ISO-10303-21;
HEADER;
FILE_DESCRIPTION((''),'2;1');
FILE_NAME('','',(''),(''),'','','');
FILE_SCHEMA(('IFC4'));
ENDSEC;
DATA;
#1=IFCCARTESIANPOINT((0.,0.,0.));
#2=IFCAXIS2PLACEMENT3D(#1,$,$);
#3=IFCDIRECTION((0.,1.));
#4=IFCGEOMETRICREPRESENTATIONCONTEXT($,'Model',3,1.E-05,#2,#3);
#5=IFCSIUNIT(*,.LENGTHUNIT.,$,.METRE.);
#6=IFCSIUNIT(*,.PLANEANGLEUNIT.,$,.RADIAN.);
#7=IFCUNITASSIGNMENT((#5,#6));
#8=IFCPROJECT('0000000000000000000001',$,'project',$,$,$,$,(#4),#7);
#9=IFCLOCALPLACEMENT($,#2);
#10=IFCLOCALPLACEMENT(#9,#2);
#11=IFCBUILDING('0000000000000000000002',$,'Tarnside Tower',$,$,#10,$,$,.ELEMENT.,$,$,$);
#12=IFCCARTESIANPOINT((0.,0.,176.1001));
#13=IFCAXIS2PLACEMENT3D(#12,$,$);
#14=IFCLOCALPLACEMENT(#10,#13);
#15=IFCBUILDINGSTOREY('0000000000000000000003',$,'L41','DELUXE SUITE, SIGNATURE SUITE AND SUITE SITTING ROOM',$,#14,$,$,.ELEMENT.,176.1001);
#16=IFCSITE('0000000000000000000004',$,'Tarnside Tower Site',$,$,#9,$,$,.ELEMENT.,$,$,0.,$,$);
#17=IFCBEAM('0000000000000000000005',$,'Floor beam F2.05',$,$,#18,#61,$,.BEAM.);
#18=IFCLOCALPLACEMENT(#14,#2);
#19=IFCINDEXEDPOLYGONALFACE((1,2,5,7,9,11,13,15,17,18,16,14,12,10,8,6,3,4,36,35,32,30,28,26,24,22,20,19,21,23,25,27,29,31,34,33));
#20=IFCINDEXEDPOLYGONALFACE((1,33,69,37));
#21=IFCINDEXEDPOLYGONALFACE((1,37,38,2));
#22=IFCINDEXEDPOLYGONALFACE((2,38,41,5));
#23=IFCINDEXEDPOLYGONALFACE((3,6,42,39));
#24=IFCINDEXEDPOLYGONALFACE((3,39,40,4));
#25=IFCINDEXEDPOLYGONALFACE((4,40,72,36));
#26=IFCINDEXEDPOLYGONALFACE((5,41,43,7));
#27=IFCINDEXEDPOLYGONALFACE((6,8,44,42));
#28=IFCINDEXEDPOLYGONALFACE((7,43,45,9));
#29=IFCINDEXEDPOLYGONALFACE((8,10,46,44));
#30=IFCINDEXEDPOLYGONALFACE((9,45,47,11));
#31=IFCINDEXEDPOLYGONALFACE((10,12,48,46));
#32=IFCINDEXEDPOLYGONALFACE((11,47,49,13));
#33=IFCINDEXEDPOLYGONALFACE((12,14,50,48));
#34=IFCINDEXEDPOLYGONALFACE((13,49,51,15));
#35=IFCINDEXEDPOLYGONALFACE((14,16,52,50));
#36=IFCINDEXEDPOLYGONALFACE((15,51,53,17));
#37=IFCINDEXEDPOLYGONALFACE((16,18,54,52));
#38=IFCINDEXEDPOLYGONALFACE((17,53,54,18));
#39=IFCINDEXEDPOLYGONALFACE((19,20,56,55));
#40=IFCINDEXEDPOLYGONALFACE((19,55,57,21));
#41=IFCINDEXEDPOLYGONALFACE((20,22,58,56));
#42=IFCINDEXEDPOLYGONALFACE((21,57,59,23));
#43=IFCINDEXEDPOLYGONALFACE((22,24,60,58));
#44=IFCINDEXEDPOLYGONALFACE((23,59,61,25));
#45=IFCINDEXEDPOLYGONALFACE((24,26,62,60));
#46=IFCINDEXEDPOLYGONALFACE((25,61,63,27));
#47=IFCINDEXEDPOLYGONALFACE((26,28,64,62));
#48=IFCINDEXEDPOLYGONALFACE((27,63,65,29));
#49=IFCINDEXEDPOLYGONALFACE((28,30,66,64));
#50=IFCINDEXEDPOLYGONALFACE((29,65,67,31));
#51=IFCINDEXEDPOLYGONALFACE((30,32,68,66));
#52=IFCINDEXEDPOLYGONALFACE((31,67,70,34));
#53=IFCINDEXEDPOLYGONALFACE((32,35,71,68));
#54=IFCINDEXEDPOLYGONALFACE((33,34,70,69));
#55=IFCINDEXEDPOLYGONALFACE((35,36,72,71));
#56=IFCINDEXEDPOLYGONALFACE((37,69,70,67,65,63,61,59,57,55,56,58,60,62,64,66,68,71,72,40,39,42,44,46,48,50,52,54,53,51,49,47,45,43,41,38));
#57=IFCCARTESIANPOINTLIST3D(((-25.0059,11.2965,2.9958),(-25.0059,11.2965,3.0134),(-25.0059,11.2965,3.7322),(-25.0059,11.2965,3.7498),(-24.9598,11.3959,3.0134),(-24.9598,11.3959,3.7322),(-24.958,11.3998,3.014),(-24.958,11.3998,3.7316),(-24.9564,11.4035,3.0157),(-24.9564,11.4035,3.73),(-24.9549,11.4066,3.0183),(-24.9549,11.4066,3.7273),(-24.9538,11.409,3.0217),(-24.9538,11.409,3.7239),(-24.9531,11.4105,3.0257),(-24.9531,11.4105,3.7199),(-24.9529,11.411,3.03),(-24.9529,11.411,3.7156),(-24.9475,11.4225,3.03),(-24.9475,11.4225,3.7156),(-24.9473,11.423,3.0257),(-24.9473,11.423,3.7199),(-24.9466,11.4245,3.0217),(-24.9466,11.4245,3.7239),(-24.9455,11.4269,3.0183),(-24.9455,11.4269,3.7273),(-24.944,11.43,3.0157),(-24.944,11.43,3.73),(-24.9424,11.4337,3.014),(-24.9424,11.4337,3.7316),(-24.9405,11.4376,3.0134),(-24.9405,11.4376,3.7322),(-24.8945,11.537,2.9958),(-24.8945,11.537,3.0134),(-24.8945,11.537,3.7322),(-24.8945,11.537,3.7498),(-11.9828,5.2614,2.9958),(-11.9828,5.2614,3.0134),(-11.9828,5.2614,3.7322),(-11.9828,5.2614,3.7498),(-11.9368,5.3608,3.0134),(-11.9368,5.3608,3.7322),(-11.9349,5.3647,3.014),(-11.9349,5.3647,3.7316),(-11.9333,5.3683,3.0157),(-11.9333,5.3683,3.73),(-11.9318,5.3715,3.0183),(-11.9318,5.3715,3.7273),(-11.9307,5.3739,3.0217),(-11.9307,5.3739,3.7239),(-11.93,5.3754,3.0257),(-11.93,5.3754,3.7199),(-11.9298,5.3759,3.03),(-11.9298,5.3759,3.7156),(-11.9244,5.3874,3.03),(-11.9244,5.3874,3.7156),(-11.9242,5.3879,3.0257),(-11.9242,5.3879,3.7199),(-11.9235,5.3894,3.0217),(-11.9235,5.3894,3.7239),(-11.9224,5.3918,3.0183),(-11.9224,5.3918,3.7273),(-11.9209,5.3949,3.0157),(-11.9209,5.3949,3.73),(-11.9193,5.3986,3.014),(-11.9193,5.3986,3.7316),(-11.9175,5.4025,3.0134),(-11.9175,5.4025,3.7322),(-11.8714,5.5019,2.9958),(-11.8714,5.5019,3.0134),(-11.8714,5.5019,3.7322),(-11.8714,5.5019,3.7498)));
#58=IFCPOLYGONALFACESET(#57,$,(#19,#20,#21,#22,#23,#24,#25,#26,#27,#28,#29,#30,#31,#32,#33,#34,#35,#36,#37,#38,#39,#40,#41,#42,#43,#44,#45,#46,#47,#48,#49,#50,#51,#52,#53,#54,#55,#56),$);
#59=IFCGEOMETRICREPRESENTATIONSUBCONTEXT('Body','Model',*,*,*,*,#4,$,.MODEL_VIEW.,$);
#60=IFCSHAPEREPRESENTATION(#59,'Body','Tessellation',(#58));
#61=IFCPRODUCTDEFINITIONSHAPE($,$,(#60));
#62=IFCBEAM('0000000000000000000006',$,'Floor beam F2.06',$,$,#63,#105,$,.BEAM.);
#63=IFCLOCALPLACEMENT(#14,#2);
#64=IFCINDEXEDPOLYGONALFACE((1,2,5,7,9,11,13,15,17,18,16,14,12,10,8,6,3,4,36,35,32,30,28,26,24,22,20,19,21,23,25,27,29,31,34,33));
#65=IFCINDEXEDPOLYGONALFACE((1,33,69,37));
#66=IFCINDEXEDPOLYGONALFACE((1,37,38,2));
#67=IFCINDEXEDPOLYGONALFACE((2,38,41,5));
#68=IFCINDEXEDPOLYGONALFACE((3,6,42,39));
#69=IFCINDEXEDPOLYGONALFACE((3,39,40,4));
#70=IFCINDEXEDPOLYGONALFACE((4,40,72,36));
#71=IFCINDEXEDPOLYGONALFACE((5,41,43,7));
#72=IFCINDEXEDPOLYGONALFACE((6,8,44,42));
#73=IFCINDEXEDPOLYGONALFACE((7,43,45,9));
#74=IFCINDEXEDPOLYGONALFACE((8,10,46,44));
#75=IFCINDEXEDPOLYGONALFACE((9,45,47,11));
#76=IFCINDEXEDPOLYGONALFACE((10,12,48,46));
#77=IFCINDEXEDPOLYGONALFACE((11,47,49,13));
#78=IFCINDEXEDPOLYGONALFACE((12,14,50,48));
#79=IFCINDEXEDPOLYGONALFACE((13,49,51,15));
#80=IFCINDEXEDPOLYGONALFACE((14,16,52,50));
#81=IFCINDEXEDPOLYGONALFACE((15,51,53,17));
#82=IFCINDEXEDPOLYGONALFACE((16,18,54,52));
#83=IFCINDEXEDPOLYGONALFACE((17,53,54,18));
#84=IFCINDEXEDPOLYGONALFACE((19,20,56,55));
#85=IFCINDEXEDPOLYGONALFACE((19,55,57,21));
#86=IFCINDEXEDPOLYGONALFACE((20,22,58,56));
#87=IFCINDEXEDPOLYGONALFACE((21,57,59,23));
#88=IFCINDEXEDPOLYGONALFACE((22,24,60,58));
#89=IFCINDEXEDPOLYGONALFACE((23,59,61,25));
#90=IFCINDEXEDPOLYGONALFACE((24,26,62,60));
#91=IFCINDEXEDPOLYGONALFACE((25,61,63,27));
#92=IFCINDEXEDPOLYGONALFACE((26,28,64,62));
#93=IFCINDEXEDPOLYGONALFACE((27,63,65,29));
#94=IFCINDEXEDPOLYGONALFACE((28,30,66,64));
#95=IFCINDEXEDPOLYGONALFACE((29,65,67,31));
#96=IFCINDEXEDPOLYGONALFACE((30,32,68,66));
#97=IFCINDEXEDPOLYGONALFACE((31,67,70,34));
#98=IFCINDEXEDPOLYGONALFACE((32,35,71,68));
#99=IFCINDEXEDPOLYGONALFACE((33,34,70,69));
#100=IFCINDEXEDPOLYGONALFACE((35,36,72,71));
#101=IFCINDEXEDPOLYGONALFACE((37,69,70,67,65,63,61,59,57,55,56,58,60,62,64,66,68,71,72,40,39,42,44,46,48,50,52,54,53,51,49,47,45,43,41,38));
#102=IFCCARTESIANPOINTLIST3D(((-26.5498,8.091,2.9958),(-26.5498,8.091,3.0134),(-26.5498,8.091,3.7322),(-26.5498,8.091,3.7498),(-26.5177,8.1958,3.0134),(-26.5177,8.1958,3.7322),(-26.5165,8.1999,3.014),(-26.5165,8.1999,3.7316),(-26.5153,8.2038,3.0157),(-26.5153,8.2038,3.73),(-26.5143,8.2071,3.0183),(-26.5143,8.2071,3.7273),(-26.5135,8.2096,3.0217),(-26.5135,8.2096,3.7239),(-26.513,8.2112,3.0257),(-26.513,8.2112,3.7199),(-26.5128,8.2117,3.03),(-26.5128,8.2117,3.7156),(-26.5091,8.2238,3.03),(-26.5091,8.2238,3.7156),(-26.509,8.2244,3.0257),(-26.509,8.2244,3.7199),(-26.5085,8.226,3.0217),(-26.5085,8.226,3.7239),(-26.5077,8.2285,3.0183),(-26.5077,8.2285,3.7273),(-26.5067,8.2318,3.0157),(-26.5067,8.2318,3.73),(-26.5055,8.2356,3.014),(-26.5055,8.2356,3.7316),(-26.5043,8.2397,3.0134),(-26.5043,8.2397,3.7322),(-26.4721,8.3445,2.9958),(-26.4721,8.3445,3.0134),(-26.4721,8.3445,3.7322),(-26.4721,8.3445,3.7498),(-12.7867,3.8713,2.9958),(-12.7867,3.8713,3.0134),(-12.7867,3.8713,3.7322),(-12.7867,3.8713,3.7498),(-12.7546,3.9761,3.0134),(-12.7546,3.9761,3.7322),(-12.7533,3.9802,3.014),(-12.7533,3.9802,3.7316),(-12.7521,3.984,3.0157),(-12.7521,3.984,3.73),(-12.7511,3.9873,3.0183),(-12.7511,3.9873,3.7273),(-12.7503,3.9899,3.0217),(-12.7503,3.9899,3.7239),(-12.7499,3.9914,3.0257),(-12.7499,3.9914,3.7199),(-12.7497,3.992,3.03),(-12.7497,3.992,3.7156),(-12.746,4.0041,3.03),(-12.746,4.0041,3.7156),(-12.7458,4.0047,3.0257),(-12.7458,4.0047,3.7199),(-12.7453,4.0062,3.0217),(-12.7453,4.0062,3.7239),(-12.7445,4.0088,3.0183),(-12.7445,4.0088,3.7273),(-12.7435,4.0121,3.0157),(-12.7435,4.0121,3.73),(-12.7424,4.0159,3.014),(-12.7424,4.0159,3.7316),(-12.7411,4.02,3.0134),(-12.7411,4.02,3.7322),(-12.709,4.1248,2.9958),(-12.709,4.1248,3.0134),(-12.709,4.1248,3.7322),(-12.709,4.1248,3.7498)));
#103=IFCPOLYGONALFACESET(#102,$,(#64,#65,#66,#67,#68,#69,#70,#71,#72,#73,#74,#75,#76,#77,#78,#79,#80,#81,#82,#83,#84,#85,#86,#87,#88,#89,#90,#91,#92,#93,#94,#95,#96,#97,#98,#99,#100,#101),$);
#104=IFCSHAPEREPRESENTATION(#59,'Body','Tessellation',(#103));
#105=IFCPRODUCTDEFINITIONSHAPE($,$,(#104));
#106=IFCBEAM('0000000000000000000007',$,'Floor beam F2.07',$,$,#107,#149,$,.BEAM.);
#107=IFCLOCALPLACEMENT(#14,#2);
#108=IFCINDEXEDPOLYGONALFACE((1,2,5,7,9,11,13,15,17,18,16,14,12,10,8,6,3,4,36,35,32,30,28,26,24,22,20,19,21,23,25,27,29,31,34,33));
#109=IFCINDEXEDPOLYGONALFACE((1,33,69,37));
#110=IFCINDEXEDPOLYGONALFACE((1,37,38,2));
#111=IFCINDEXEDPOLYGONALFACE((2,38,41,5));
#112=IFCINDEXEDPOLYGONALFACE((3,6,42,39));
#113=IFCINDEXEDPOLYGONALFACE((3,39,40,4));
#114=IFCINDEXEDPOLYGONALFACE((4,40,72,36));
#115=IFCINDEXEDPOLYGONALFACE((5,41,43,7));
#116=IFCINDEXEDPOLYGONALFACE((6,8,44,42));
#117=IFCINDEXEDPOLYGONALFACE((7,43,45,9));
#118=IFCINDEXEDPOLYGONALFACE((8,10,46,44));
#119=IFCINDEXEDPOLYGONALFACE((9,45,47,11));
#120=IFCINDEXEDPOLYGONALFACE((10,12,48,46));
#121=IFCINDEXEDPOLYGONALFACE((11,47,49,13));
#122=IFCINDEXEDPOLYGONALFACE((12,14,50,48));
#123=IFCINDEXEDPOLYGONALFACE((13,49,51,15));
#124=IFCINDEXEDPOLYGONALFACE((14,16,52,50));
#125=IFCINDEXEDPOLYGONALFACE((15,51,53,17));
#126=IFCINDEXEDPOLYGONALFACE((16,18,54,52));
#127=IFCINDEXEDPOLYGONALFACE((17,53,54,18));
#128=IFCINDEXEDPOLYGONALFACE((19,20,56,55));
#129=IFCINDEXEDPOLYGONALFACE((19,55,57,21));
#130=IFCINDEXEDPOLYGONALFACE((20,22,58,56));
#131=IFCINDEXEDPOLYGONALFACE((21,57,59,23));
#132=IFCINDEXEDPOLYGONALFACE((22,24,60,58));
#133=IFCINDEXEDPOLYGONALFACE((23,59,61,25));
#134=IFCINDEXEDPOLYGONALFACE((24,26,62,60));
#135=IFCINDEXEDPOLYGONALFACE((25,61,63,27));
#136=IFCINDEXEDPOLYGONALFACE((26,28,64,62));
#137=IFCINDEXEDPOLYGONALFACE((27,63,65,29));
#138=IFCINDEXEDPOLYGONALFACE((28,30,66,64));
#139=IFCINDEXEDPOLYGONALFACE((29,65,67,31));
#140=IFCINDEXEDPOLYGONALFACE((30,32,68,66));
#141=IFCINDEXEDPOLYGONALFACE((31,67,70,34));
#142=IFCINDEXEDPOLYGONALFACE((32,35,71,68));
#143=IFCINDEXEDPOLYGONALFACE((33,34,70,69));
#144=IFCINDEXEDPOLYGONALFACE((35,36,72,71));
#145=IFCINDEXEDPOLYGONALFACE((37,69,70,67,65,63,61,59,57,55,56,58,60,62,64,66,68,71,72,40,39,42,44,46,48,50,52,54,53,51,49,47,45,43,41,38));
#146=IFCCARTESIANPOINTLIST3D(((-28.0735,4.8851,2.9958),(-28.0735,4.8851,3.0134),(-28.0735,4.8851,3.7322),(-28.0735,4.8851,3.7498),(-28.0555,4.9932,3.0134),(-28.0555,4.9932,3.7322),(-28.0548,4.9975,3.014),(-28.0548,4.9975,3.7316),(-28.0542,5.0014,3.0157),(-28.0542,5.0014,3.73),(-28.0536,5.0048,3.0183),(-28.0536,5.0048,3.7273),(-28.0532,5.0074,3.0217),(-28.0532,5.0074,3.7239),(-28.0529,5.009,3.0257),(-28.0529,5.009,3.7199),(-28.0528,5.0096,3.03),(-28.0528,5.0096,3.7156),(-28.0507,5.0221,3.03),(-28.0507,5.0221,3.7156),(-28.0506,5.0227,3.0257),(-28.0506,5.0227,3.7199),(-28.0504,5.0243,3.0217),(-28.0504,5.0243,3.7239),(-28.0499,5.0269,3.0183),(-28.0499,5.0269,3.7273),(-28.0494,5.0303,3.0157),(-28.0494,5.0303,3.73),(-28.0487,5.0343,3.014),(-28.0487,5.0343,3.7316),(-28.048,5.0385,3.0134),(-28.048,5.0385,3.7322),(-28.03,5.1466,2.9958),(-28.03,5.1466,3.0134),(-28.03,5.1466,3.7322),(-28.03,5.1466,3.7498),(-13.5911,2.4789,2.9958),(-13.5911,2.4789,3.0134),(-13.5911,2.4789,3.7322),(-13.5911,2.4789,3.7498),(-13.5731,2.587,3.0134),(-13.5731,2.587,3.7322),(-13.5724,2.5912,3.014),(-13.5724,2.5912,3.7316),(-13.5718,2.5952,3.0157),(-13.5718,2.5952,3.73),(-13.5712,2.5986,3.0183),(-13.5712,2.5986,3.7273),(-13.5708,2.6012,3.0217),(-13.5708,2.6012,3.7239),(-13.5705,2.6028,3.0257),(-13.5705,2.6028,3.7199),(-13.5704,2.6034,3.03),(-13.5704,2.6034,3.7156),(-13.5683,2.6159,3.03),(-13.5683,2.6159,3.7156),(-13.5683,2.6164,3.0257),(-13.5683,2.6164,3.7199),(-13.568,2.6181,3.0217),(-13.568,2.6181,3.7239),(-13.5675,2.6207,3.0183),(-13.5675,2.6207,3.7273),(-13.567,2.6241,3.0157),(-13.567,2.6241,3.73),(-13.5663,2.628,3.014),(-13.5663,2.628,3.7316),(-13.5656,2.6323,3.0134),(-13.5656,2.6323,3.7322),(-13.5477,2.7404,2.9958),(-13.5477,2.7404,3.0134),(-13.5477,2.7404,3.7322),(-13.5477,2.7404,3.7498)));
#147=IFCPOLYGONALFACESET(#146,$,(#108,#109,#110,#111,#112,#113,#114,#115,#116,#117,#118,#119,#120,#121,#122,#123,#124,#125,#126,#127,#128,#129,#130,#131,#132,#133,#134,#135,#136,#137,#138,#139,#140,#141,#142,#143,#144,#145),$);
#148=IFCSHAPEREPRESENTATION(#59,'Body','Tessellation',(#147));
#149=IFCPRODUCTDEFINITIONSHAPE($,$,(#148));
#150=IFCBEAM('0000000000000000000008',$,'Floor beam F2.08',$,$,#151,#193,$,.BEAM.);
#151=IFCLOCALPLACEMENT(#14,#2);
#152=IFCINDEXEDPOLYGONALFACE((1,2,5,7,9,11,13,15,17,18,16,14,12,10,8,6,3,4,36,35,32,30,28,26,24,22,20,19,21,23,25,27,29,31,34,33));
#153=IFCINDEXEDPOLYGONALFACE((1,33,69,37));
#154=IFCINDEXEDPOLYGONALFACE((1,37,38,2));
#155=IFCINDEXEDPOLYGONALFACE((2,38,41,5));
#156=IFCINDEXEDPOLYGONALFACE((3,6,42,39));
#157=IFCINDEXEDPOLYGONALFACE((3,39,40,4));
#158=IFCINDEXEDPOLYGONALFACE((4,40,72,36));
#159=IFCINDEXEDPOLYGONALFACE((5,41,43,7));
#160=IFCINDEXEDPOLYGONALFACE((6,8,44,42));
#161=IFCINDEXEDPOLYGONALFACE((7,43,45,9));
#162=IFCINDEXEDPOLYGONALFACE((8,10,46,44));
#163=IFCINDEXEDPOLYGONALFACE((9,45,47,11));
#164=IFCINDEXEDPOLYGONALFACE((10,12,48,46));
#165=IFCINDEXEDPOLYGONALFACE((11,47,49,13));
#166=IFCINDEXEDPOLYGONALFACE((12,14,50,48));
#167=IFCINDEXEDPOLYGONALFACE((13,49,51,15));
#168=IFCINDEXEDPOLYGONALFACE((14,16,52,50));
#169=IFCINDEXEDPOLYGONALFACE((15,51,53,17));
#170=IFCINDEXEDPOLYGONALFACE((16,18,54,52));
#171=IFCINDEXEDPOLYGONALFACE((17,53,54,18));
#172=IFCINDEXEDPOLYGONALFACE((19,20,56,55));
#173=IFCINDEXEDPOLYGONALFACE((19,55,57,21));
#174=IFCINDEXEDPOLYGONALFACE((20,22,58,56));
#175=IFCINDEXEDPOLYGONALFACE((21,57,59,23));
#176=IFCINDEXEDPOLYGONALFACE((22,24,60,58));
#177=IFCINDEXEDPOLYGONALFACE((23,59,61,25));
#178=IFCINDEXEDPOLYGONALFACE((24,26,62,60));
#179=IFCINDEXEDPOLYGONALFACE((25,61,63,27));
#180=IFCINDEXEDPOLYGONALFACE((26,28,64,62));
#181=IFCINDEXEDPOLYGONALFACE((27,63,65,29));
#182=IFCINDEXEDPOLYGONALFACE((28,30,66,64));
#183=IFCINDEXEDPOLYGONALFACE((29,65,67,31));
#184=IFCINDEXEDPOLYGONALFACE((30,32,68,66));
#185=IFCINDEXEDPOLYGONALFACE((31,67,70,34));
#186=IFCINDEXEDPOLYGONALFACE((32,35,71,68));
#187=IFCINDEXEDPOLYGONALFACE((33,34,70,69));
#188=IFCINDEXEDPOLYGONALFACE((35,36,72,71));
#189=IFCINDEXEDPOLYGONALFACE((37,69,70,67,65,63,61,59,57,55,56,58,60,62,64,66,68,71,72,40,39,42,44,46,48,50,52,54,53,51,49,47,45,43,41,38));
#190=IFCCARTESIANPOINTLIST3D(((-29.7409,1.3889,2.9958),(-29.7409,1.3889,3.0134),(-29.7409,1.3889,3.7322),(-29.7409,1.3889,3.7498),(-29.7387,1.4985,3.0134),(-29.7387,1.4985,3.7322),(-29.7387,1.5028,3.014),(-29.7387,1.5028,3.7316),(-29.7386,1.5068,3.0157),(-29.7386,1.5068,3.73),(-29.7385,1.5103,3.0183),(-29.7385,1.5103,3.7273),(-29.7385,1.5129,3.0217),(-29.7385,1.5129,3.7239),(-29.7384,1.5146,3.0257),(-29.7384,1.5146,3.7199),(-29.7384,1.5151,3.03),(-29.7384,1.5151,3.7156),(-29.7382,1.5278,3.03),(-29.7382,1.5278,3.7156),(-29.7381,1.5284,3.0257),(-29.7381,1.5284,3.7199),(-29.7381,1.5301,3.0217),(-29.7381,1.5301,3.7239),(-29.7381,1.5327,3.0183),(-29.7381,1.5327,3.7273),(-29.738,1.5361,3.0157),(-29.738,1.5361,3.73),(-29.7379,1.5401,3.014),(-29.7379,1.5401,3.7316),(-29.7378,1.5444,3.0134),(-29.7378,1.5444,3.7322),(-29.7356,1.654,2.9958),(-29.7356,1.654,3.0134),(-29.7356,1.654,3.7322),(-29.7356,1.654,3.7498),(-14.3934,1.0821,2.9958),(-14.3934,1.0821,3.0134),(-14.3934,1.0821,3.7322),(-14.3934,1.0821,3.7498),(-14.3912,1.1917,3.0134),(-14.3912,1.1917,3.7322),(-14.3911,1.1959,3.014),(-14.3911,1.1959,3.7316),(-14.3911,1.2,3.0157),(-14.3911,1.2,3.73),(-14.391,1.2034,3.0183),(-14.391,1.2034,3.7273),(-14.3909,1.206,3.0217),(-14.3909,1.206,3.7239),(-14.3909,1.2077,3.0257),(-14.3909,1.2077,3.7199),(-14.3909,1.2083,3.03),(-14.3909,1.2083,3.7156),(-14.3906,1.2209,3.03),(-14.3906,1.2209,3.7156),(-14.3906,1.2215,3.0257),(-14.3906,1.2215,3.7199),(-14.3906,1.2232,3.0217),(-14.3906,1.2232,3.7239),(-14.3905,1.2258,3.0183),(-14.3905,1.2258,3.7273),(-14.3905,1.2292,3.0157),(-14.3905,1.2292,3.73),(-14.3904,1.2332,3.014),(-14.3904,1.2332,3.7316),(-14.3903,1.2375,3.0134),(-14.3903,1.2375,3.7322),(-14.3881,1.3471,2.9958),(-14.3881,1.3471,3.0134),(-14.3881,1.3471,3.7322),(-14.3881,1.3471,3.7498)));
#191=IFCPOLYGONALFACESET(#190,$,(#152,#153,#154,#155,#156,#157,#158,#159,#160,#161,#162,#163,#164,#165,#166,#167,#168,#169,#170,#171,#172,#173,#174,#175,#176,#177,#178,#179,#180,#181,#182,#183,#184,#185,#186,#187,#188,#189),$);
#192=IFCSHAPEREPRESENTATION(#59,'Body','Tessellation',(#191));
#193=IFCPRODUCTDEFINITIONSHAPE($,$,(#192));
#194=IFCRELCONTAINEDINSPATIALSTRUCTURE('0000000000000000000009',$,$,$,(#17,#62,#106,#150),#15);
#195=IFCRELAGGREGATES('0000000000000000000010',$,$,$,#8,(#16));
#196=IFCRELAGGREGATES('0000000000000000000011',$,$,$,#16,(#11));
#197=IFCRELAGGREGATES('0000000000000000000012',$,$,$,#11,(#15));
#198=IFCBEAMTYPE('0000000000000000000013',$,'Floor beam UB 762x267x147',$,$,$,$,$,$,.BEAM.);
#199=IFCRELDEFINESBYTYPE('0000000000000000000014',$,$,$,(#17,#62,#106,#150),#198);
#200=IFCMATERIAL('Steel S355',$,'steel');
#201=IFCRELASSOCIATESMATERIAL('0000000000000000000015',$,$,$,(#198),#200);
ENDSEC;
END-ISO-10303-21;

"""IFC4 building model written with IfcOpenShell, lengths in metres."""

from ifc_helpers import new_model, si_unit, direction, frame, origin, origin_2d, place, context, subcontext, project, spatial, i_section, extrude, material, material_profile, profile_set, type_object, element, save


model = new_model("IFC4")

# Units and contexts
model_context = context("Model", 3, precision=1e-05, world=origin(), true_north=direction((0.0, 1.0)))
body_context = subcontext(model_context, "Body", "Model", "MODEL_VIEW")
ifc_project = project(units=[si_unit("LENGTHUNIT", "METRE"), si_unit("PLANEANGLEUNIT", "RADIAN")], contexts=[model_context])

# Site, building, storey
site_placement = place(None, origin())
site = spatial("IfcSite", under=ifc_project, at=site_placement, Name="Tarnside Tower Site", CompositionType="ELEMENT", RefElevation=0.0)
building_placement = place(site_placement, origin())
building = spatial("IfcBuilding", under=site, at=building_placement, Name="Tarnside Tower", CompositionType="ELEMENT")
storey_placement = place(building_placement, frame((0.0, 0.0, 176.1001)))
storey = spatial("IfcBuildingStorey", under=building, at=storey_placement, Name="L41", Description="DELUXE SUITE, SIGNATURE SUITE AND SUITE SITTING ROOM", CompositionType="ELEMENT", Elevation=176.1001)

# Beams
ifc_material_1 = material(Name="Steel S355", Category="steel")
ifc_material_profile = material_profile(ifc_material_1, i_section(OverallWidth=0.2651, OverallDepth=0.7539, WebThickness=0.0127, FlangeThickness=0.0176, FilletRadius=0.0166, at=origin_2d()), Name="UB 762x267x147")
ifc_profile_set = profile_set([ifc_material_profile], Name="Steel S355")
beam_type = type_object("IfcBeamType", Name="Floor beam UB 762x267x147", PredefinedType="BEAM", material=ifc_profile_set)
beam_1_placement = place(storey_placement, frame((-24.9502, 11.4167, 3.3728), z_axis=(0.90731, -0.420462, 0.0), x_axis=(0.420462, 0.90731, 0.0)))
element("IfcBeam", 1, at=beam_1_placement, inside=storey, type_object=beam_type, Name="Floor beam F2.05", PredefinedType="BEAM", context=body_context, shape_type="SweptSolid", body=[
    extrude(i_section(OverallWidth=0.2651, OverallDepth=0.7539, WebThickness=0.0127, FlangeThickness=0.0176, FilletRadius=0.0166, at=origin_2d()), origin(), (0.0, 0.0, 1.0), 14.3535),
])
beam_2_placement = place(storey_placement, frame((-26.511, 8.2178, 3.3728), z_axis=(0.956073, -0.293128, 0.0), x_axis=(0.293128, 0.956073, 0.0)))
element("IfcBeam", 2, at=beam_2_placement, inside=storey, type_object=beam_type, Name="Floor beam F2.06", PredefinedType="BEAM", context=body_context, shape_type="SweptSolid", body=[
    extrude(i_section(OverallWidth=0.2651, OverallDepth=0.7539, WebThickness=0.0127, FlangeThickness=0.0176, FilletRadius=0.0166, at=origin_2d()), origin(), (0.0, 0.0, 1.0), 14.3955),
])
beam_3_placement = place(storey_placement, frame((-28.0518, 5.0159, 3.3728), z_axis=(0.986476, -0.163903, 0.0), x_axis=(0.163903, 0.986476, 0.0)))
element("IfcBeam", 3, at=beam_3_placement, inside=storey, type_object=beam_type, Name="Floor beam F2.07", PredefinedType="BEAM", context=body_context, shape_type="SweptSolid", body=[
    extrude(i_section(OverallWidth=0.2651, OverallDepth=0.7539, WebThickness=0.0127, FlangeThickness=0.0176, FilletRadius=0.0166, at=origin_2d()), origin(), (0.0, 0.0, 1.0), 14.6809),
])
beam_4_placement = place(storey_placement, frame((-29.7383, 1.5215, 3.3728), z_axis=(0.9998, -0.019992, 0.0), x_axis=(0.019992, 0.9998, 0.0)))
element("IfcBeam", 4, at=beam_4_placement, inside=storey, type_object=beam_type, Name="Floor beam F2.08", PredefinedType="BEAM", context=body_context, shape_type="SweptSolid", body=[
    extrude(i_section(OverallWidth=0.2651, OverallDepth=0.7539, WebThickness=0.0127, FlangeThickness=0.0176, FilletRadius=0.0166, at=origin_2d()), origin(), (0.0, 0.0, 1.0), 15.3506),
])

save(model, "model.ifc")
